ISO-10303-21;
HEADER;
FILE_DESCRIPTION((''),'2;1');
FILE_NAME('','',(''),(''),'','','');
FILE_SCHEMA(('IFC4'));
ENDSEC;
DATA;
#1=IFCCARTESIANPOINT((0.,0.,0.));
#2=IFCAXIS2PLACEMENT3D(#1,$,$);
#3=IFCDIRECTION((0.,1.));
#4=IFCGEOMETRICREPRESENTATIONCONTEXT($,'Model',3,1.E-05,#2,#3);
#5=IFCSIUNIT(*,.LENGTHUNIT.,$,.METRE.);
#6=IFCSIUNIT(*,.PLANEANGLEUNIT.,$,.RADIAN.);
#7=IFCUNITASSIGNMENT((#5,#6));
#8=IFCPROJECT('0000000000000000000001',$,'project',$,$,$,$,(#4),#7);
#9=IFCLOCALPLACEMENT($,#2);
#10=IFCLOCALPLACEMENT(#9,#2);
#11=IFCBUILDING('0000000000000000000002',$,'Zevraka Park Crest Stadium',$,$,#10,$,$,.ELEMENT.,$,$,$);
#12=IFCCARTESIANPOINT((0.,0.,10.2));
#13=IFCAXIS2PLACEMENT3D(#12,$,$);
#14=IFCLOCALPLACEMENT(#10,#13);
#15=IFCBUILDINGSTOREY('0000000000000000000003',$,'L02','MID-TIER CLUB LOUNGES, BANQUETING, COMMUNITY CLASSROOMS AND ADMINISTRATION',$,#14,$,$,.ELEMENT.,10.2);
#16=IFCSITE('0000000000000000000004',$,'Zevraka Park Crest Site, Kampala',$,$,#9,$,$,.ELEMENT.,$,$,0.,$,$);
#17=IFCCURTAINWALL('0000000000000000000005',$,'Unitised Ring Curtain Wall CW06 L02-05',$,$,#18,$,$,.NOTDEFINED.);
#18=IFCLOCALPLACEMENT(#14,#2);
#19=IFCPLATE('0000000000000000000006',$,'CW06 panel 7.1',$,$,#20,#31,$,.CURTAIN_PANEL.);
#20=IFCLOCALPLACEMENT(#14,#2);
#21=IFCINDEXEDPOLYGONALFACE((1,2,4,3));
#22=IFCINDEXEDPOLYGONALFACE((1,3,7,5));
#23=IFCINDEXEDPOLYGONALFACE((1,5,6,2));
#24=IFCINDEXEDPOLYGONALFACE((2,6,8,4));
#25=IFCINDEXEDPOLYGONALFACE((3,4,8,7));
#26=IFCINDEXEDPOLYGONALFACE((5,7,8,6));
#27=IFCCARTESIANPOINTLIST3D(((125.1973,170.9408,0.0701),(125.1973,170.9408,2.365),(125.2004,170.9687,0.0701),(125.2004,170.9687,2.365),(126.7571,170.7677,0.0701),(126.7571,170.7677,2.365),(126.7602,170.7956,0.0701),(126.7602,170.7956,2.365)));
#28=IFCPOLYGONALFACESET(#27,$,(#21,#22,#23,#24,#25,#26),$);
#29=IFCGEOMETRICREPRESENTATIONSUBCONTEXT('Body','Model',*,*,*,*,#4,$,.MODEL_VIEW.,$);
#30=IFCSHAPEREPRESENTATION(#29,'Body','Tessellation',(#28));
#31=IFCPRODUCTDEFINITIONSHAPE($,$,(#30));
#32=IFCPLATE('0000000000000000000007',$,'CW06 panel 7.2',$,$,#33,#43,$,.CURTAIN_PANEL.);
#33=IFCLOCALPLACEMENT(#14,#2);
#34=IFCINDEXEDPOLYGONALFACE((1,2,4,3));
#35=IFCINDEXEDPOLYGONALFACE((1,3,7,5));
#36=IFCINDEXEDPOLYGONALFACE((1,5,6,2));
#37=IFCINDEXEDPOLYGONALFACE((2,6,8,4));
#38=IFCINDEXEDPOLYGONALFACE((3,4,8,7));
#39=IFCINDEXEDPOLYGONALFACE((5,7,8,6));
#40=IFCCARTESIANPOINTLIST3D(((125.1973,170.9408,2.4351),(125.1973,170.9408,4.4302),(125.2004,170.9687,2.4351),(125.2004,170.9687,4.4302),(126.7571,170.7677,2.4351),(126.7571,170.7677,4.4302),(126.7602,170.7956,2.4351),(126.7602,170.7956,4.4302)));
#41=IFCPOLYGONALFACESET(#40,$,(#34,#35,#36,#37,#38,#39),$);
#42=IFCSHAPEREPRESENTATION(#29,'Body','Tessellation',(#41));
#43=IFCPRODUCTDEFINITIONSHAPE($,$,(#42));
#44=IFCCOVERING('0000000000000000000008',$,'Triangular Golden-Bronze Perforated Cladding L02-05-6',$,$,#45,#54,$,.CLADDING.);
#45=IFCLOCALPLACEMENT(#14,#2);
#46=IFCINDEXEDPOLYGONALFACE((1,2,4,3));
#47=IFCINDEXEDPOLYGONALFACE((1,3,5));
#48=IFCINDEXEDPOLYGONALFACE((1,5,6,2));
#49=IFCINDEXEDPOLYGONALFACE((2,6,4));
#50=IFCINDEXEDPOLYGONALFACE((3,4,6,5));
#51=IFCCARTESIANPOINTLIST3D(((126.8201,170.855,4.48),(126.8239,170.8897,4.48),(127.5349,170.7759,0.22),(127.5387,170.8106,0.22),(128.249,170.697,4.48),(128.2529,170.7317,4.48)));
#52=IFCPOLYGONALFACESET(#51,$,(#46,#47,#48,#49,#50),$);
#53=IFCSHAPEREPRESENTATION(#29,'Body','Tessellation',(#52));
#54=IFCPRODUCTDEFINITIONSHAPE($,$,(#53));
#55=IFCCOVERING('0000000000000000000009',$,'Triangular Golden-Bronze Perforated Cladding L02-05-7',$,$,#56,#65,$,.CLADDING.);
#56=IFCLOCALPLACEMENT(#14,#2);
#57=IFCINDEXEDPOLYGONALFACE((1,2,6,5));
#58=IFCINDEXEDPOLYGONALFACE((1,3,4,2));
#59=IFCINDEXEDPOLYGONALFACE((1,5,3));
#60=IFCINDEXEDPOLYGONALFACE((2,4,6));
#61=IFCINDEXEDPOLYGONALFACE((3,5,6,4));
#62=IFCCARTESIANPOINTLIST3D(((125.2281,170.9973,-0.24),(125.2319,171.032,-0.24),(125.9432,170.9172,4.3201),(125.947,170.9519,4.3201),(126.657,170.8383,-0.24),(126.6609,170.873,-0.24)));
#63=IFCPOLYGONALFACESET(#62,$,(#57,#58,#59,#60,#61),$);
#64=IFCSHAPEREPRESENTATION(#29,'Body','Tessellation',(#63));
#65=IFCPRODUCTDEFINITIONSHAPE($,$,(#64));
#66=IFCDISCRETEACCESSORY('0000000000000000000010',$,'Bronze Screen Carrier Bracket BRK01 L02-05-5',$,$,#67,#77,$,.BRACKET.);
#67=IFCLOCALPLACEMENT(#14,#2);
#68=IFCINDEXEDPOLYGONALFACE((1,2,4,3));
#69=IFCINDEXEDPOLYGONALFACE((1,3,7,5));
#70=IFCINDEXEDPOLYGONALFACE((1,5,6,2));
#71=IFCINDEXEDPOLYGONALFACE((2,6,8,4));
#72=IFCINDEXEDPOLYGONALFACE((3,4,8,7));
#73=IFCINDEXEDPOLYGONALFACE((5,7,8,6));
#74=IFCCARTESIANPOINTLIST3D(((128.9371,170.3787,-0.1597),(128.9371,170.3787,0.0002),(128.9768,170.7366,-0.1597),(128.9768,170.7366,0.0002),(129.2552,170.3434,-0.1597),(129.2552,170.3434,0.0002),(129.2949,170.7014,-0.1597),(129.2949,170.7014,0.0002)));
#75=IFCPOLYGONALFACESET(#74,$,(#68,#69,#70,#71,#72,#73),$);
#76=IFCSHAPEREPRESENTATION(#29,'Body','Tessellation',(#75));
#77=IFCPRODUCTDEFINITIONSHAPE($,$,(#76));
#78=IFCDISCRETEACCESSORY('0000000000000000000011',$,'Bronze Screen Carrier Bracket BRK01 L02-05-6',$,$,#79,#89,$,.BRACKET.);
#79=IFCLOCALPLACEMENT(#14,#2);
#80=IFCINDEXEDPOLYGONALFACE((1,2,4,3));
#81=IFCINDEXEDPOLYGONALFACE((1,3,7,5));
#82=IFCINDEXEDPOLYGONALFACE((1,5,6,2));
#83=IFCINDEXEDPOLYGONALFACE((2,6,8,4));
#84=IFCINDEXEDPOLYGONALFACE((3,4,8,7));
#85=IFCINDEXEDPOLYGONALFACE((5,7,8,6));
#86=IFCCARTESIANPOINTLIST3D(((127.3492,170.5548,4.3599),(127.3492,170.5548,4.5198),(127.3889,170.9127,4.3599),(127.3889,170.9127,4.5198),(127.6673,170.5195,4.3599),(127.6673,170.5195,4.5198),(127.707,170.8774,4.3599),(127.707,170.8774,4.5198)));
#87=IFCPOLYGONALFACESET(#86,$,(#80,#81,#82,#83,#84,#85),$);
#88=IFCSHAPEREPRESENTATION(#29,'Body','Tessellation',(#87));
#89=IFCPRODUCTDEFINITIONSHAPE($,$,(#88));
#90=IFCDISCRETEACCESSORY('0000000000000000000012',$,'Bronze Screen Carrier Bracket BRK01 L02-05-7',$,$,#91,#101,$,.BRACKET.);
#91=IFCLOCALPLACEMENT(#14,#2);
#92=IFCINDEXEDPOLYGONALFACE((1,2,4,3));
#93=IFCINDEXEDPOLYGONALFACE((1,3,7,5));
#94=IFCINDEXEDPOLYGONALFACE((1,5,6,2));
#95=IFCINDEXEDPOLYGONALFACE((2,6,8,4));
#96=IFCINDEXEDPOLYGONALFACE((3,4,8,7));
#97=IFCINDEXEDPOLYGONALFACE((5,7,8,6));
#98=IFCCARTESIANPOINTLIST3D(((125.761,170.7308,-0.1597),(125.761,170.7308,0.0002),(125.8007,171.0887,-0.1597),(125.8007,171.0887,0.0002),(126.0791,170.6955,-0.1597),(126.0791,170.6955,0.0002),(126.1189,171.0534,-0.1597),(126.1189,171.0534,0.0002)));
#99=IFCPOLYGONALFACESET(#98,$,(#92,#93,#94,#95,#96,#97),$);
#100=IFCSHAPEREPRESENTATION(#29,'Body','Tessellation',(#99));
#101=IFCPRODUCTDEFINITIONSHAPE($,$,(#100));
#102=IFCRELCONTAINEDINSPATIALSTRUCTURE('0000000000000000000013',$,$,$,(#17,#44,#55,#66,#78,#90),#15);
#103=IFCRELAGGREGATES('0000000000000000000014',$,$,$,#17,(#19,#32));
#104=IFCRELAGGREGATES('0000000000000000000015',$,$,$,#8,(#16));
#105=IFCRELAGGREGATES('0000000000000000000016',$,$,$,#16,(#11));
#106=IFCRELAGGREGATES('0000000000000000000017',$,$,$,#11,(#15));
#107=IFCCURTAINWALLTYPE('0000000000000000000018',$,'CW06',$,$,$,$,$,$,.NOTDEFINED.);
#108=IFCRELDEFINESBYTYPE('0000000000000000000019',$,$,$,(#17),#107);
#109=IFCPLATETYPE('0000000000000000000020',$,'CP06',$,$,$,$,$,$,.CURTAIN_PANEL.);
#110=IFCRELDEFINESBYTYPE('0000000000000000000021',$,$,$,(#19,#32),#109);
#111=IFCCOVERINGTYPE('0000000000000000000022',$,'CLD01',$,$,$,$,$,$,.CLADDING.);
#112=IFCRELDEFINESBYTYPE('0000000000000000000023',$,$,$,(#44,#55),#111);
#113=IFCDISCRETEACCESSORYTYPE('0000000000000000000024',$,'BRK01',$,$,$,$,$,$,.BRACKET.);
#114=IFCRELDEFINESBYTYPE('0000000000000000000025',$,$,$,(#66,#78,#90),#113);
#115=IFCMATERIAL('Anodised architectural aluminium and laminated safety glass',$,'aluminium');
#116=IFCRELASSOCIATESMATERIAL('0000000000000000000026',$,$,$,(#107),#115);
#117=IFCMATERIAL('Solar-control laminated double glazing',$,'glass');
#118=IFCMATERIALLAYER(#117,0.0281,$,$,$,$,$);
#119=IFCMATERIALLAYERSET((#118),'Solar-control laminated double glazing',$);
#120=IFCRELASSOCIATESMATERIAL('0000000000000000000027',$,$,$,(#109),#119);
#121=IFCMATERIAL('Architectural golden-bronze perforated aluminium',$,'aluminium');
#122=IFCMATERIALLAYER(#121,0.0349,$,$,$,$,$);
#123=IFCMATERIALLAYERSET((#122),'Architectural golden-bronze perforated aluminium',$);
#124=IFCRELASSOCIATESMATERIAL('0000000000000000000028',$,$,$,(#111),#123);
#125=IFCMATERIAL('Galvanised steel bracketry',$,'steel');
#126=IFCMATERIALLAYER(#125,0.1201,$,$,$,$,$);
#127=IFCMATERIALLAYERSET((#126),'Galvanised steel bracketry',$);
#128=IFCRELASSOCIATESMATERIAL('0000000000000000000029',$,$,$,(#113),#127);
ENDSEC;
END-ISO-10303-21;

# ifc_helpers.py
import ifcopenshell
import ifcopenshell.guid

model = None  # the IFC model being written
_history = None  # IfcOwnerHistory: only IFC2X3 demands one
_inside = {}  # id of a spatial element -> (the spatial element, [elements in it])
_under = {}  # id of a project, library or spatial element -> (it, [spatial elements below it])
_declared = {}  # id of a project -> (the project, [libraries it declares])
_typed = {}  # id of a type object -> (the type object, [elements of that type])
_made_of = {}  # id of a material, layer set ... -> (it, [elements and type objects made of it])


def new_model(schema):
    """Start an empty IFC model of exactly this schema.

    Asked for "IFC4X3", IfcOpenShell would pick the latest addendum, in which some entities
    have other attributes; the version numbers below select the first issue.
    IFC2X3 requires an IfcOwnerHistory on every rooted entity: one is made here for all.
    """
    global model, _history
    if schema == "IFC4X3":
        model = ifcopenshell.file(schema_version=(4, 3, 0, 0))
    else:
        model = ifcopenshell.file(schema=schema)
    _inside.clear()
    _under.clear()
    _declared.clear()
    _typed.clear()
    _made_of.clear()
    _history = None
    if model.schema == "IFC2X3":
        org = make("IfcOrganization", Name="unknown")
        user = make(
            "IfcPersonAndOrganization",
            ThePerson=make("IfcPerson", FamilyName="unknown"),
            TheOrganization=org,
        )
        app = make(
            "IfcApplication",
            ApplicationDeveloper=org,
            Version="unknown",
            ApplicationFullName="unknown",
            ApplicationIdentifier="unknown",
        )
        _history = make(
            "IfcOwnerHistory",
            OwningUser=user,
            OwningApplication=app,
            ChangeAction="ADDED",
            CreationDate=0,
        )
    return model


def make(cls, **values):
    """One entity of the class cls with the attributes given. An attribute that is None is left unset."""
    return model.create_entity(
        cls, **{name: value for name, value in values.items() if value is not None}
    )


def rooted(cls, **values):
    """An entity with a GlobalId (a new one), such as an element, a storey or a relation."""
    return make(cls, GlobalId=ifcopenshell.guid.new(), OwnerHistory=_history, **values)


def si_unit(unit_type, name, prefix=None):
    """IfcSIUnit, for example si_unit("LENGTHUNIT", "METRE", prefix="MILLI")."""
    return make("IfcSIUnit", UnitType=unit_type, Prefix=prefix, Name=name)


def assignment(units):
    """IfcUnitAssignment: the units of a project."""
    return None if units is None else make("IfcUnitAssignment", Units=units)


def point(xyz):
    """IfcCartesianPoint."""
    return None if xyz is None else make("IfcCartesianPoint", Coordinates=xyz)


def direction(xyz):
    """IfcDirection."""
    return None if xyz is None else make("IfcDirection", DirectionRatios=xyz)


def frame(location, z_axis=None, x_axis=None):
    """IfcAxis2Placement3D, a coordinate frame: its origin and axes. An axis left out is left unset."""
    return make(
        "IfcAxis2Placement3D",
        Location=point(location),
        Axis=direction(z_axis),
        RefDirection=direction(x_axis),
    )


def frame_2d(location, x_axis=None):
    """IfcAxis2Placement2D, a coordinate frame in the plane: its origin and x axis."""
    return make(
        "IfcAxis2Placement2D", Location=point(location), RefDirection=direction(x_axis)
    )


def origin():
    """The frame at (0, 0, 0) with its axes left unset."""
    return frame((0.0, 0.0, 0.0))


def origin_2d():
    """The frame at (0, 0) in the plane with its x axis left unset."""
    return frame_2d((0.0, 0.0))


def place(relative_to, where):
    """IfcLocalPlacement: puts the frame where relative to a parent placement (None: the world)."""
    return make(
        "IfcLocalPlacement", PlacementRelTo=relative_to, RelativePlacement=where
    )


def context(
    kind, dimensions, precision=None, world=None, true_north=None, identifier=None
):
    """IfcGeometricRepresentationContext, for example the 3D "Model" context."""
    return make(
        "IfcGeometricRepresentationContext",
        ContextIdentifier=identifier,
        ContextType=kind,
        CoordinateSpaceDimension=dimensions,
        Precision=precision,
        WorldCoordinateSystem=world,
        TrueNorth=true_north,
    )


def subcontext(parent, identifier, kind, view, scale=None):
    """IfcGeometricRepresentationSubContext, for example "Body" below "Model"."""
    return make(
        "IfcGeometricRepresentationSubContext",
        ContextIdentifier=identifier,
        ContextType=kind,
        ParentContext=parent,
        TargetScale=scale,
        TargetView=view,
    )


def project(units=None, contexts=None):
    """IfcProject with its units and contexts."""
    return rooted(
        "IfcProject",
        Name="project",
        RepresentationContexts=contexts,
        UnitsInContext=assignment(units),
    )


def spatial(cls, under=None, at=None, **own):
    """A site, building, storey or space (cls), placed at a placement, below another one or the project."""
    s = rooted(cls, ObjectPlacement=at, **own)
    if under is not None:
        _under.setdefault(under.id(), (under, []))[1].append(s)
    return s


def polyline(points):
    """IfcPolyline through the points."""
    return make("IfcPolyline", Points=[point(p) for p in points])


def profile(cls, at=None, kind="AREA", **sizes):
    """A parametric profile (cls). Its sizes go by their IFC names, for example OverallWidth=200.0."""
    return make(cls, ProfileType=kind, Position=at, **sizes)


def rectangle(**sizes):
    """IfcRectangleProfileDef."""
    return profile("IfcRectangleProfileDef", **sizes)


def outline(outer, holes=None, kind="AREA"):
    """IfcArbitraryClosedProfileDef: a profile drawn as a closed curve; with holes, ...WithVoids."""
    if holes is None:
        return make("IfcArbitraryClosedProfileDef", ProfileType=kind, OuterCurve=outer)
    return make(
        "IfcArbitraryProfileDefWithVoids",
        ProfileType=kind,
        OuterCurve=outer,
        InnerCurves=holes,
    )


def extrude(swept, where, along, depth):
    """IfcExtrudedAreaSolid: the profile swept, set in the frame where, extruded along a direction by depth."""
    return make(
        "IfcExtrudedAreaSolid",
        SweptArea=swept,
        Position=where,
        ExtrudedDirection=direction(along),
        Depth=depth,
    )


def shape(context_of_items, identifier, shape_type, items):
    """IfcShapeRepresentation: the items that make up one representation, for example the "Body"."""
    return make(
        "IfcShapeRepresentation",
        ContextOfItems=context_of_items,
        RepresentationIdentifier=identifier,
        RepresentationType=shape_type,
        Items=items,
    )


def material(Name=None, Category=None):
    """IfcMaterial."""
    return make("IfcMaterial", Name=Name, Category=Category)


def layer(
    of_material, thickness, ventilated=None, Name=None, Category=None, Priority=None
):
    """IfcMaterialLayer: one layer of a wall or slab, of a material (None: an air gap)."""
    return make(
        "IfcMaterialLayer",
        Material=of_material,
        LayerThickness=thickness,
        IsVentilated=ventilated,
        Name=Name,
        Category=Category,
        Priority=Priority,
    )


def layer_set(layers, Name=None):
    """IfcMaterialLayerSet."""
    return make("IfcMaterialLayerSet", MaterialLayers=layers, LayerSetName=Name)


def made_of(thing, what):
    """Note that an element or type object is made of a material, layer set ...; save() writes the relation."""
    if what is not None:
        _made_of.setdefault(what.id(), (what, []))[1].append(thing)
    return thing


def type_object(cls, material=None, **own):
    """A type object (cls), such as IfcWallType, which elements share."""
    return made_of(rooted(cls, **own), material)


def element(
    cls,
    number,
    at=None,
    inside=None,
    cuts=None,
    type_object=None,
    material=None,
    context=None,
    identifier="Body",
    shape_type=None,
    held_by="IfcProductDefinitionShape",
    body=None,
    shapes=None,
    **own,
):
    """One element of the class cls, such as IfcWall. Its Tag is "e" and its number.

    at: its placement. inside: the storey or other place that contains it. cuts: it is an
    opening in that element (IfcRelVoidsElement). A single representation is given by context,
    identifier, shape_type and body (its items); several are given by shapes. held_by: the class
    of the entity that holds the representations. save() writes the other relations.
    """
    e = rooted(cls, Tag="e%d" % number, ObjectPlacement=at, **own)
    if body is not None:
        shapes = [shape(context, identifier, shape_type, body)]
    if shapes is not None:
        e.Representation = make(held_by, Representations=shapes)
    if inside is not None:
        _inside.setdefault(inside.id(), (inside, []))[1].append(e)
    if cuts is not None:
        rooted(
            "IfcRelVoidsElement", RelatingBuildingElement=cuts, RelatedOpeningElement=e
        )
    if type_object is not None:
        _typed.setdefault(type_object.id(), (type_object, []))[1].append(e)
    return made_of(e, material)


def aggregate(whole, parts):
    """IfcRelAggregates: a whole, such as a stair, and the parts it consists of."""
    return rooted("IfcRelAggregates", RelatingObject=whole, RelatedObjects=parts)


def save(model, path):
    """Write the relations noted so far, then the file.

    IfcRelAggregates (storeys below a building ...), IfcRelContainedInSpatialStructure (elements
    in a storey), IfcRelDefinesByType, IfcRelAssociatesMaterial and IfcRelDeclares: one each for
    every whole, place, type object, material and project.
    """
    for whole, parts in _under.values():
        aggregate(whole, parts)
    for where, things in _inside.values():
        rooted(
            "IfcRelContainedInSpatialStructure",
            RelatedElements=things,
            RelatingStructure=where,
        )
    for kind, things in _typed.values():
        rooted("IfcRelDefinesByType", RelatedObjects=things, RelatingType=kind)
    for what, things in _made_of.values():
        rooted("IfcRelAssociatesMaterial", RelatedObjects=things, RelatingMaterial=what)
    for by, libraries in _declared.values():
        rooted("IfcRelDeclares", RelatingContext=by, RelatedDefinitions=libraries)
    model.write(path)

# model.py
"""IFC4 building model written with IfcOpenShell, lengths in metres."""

from ifc_helpers import new_model, si_unit, direction, frame, origin, origin_2d, place, context, subcontext, project, spatial, polyline, rectangle, outline, extrude, material, layer, layer_set, type_object, element, aggregate, save


model = new_model("IFC4")

# Units and contexts
model_context = context("Model", 3, precision=1e-05, world=origin(), true_north=direction((0.0, 1.0)))
body_context = subcontext(model_context, "Body", "Model", "MODEL_VIEW")
ifc_project = project(units=[si_unit("LENGTHUNIT", "METRE"), si_unit("PLANEANGLEUNIT", "RADIAN")], contexts=[model_context])

# Site, building, storey
site_placement = place(None, origin())
site = spatial("IfcSite", under=ifc_project, at=site_placement, Name="Zevraka Park Crest Site, Kampala", CompositionType="ELEMENT", RefElevation=0.0)
building_placement = place(site_placement, origin())
building = spatial("IfcBuilding", under=site, at=building_placement, Name="Zevraka Park Crest Stadium", CompositionType="ELEMENT")
storey_placement = place(building_placement, frame((0.0, 0.0, 10.2)))
storey = spatial("IfcBuildingStorey", under=building, at=storey_placement, Name="L02", Description="MID-TIER CLUB LOUNGES, BANQUETING, COMMUNITY CLASSROOMS AND ADMINISTRATION", CompositionType="ELEMENT", Elevation=10.2)

# Curtain wall, plates
ifc_material_1 = material(Name="Anodised architectural aluminium and laminated safety glass", Category="aluminium")
curtain_wall_type = type_object("IfcCurtainWallType", Name="CW06", PredefinedType="NOTDEFINED", material=ifc_material_1)
curtain_wall_placement = place(storey_placement, origin())
curtain_wall = element("IfcCurtainWall", 1, at=curtain_wall_placement, inside=storey, type_object=curtain_wall_type, Name="Unitised Ring Curtain Wall CW06 L02-05", PredefinedType="NOTDEFINED")
ifc_material_2 = material(Name="Solar-control laminated double glazing", Category="glass")
ifc_layer_1 = layer(ifc_material_2, 0.0281)
ifc_layer_set_1 = layer_set([ifc_layer_1], Name="Solar-control laminated double glazing")
plate_type = type_object("IfcPlateType", Name="CP06", PredefinedType="CURTAIN_PANEL", material=ifc_layer_set_1)
plate_1_placement = place(storey_placement, frame((125.9788, 170.8682, 0.0701), z_axis=(0.0, 0.0, 1.0), x_axis=(-0.993899, 0.110293, 0.0)))
plate_1 = element("IfcPlate", 2, at=plate_1_placement, type_object=plate_type, Name="CW06 panel 7.1", PredefinedType="CURTAIN_PANEL", context=body_context, shape_type="SweptSolid", body=[
    extrude(rectangle(XDim=1.5693, YDim=0.0281, at=origin_2d()), origin(), (0.0, 0.0, 1.0), 2.2949),
])
plate_2_placement = place(storey_placement, frame((125.9788, 170.8682, 2.4351), z_axis=(0.0, 0.0, 1.0), x_axis=(-0.993899, 0.110293, 0.0)))
plate_2 = element("IfcPlate", 3, at=plate_2_placement, type_object=plate_type, Name="CW06 panel 7.2", PredefinedType="CURTAIN_PANEL", context=body_context, shape_type="SweptSolid", body=[
    extrude(rectangle(XDim=1.5693, YDim=0.0281, at=origin_2d()), origin(), (0.0, 0.0, 1.0), 1.9951),
])
aggregate(curtain_wall, [plate_1, plate_2])

# Coverings
ifc_material_3 = material(Name="Architectural golden-bronze perforated aluminium", Category="aluminium")
ifc_layer_2 = layer(ifc_material_3, 0.0349)
ifc_layer_set_2 = layer_set([ifc_layer_2], Name="Architectural golden-bronze perforated aluminium")
covering_type = type_object("IfcCoveringType", Name="CLD01", PredefinedType="CLADDING", material=ifc_layer_set_2)
covering_1_placement = place(storey_placement, frame((126.8201, 170.855, 4.48), z_axis=(-0.109872, -0.993946, 0.000019), x_axis=(0.993946, -0.109872, 0.0)))
element("IfcCovering", 4, at=covering_1_placement, inside=storey, type_object=covering_type, Name="Triangular Golden-Bronze Perforated Cladding L02-05-6", PredefinedType="CLADDING", context=body_context, shape_type="SweptSolid", body=[
    extrude(outline(polyline([(0.0, 0.0), (1.4377, 0.0), (0.7192, -4.26), (0.0, 0.0)])), origin(), (0.0, 0.0, -1.0), 0.0349),
])
covering_2_placement = place(storey_placement, frame((126.6609, 170.873, -0.24), z_axis=(0.110543, 0.993871, 0.000118), x_axis=(-0.993871, 0.110543, 0.0)))
element("IfcCovering", 5, at=covering_2_placement, inside=storey, type_object=covering_type, Name="Triangular Golden-Bronze Perforated Cladding L02-05-7", PredefinedType="CLADDING", context=body_context, shape_type="SweptSolid", body=[
    extrude(outline(polyline([(0.0, 0.0), (1.4378, 0.0), (0.7182, 4.5601), (0.0, 0.0)])), origin(), (0.0, 0.0, -1.0), 0.0349),
])

# Discrete accessories
ifc_material_4 = material(Name="Galvanised steel bracketry", Category="steel")
ifc_layer_3 = layer(ifc_material_4, 0.1201)
ifc_layer_set_3 = layer_set([ifc_layer_3], Name="Galvanised steel bracketry")
discrete_accessory_type = type_object("IfcDiscreteAccessoryType", Name="BRK01", PredefinedType="BRACKET", material=ifc_layer_set_3)
for number, where, z_axis, x_axis, name in (
    (6, (129.116, 170.54, -0.1597), (0.0, 0.0, 1.0), (-0.993903, 0.110255, 0.0), "Bronze Screen Carrier Bracket BRK01 L02-05-5"),
    (7, (127.5281, 170.7161, 4.3599), (0.0, 0.0, 1.0), (-0.993903, 0.110255, 0.0), "Bronze Screen Carrier Bracket BRK01 L02-05-6"),
    (8, (125.9399, 170.8921, -0.1597), (0.0, 0.0, 1.0), (-0.993903, 0.110255, 0.0), "Bronze Screen Carrier Bracket BRK01 L02-05-7"),
):
    element("IfcDiscreteAccessory", number, at=place(storey_placement, frame(where, z_axis=z_axis, x_axis=x_axis)), inside=storey, type_object=discrete_accessory_type, Name=name, PredefinedType="BRACKET", context=body_context, shape_type="SweptSolid", body=[
        extrude(rectangle(XDim=0.3201, YDim=0.3601, at=origin_2d()), origin(), (0.0, 0.0, 1.0), 0.1599),
    ])

save(model, "model.ifc")
